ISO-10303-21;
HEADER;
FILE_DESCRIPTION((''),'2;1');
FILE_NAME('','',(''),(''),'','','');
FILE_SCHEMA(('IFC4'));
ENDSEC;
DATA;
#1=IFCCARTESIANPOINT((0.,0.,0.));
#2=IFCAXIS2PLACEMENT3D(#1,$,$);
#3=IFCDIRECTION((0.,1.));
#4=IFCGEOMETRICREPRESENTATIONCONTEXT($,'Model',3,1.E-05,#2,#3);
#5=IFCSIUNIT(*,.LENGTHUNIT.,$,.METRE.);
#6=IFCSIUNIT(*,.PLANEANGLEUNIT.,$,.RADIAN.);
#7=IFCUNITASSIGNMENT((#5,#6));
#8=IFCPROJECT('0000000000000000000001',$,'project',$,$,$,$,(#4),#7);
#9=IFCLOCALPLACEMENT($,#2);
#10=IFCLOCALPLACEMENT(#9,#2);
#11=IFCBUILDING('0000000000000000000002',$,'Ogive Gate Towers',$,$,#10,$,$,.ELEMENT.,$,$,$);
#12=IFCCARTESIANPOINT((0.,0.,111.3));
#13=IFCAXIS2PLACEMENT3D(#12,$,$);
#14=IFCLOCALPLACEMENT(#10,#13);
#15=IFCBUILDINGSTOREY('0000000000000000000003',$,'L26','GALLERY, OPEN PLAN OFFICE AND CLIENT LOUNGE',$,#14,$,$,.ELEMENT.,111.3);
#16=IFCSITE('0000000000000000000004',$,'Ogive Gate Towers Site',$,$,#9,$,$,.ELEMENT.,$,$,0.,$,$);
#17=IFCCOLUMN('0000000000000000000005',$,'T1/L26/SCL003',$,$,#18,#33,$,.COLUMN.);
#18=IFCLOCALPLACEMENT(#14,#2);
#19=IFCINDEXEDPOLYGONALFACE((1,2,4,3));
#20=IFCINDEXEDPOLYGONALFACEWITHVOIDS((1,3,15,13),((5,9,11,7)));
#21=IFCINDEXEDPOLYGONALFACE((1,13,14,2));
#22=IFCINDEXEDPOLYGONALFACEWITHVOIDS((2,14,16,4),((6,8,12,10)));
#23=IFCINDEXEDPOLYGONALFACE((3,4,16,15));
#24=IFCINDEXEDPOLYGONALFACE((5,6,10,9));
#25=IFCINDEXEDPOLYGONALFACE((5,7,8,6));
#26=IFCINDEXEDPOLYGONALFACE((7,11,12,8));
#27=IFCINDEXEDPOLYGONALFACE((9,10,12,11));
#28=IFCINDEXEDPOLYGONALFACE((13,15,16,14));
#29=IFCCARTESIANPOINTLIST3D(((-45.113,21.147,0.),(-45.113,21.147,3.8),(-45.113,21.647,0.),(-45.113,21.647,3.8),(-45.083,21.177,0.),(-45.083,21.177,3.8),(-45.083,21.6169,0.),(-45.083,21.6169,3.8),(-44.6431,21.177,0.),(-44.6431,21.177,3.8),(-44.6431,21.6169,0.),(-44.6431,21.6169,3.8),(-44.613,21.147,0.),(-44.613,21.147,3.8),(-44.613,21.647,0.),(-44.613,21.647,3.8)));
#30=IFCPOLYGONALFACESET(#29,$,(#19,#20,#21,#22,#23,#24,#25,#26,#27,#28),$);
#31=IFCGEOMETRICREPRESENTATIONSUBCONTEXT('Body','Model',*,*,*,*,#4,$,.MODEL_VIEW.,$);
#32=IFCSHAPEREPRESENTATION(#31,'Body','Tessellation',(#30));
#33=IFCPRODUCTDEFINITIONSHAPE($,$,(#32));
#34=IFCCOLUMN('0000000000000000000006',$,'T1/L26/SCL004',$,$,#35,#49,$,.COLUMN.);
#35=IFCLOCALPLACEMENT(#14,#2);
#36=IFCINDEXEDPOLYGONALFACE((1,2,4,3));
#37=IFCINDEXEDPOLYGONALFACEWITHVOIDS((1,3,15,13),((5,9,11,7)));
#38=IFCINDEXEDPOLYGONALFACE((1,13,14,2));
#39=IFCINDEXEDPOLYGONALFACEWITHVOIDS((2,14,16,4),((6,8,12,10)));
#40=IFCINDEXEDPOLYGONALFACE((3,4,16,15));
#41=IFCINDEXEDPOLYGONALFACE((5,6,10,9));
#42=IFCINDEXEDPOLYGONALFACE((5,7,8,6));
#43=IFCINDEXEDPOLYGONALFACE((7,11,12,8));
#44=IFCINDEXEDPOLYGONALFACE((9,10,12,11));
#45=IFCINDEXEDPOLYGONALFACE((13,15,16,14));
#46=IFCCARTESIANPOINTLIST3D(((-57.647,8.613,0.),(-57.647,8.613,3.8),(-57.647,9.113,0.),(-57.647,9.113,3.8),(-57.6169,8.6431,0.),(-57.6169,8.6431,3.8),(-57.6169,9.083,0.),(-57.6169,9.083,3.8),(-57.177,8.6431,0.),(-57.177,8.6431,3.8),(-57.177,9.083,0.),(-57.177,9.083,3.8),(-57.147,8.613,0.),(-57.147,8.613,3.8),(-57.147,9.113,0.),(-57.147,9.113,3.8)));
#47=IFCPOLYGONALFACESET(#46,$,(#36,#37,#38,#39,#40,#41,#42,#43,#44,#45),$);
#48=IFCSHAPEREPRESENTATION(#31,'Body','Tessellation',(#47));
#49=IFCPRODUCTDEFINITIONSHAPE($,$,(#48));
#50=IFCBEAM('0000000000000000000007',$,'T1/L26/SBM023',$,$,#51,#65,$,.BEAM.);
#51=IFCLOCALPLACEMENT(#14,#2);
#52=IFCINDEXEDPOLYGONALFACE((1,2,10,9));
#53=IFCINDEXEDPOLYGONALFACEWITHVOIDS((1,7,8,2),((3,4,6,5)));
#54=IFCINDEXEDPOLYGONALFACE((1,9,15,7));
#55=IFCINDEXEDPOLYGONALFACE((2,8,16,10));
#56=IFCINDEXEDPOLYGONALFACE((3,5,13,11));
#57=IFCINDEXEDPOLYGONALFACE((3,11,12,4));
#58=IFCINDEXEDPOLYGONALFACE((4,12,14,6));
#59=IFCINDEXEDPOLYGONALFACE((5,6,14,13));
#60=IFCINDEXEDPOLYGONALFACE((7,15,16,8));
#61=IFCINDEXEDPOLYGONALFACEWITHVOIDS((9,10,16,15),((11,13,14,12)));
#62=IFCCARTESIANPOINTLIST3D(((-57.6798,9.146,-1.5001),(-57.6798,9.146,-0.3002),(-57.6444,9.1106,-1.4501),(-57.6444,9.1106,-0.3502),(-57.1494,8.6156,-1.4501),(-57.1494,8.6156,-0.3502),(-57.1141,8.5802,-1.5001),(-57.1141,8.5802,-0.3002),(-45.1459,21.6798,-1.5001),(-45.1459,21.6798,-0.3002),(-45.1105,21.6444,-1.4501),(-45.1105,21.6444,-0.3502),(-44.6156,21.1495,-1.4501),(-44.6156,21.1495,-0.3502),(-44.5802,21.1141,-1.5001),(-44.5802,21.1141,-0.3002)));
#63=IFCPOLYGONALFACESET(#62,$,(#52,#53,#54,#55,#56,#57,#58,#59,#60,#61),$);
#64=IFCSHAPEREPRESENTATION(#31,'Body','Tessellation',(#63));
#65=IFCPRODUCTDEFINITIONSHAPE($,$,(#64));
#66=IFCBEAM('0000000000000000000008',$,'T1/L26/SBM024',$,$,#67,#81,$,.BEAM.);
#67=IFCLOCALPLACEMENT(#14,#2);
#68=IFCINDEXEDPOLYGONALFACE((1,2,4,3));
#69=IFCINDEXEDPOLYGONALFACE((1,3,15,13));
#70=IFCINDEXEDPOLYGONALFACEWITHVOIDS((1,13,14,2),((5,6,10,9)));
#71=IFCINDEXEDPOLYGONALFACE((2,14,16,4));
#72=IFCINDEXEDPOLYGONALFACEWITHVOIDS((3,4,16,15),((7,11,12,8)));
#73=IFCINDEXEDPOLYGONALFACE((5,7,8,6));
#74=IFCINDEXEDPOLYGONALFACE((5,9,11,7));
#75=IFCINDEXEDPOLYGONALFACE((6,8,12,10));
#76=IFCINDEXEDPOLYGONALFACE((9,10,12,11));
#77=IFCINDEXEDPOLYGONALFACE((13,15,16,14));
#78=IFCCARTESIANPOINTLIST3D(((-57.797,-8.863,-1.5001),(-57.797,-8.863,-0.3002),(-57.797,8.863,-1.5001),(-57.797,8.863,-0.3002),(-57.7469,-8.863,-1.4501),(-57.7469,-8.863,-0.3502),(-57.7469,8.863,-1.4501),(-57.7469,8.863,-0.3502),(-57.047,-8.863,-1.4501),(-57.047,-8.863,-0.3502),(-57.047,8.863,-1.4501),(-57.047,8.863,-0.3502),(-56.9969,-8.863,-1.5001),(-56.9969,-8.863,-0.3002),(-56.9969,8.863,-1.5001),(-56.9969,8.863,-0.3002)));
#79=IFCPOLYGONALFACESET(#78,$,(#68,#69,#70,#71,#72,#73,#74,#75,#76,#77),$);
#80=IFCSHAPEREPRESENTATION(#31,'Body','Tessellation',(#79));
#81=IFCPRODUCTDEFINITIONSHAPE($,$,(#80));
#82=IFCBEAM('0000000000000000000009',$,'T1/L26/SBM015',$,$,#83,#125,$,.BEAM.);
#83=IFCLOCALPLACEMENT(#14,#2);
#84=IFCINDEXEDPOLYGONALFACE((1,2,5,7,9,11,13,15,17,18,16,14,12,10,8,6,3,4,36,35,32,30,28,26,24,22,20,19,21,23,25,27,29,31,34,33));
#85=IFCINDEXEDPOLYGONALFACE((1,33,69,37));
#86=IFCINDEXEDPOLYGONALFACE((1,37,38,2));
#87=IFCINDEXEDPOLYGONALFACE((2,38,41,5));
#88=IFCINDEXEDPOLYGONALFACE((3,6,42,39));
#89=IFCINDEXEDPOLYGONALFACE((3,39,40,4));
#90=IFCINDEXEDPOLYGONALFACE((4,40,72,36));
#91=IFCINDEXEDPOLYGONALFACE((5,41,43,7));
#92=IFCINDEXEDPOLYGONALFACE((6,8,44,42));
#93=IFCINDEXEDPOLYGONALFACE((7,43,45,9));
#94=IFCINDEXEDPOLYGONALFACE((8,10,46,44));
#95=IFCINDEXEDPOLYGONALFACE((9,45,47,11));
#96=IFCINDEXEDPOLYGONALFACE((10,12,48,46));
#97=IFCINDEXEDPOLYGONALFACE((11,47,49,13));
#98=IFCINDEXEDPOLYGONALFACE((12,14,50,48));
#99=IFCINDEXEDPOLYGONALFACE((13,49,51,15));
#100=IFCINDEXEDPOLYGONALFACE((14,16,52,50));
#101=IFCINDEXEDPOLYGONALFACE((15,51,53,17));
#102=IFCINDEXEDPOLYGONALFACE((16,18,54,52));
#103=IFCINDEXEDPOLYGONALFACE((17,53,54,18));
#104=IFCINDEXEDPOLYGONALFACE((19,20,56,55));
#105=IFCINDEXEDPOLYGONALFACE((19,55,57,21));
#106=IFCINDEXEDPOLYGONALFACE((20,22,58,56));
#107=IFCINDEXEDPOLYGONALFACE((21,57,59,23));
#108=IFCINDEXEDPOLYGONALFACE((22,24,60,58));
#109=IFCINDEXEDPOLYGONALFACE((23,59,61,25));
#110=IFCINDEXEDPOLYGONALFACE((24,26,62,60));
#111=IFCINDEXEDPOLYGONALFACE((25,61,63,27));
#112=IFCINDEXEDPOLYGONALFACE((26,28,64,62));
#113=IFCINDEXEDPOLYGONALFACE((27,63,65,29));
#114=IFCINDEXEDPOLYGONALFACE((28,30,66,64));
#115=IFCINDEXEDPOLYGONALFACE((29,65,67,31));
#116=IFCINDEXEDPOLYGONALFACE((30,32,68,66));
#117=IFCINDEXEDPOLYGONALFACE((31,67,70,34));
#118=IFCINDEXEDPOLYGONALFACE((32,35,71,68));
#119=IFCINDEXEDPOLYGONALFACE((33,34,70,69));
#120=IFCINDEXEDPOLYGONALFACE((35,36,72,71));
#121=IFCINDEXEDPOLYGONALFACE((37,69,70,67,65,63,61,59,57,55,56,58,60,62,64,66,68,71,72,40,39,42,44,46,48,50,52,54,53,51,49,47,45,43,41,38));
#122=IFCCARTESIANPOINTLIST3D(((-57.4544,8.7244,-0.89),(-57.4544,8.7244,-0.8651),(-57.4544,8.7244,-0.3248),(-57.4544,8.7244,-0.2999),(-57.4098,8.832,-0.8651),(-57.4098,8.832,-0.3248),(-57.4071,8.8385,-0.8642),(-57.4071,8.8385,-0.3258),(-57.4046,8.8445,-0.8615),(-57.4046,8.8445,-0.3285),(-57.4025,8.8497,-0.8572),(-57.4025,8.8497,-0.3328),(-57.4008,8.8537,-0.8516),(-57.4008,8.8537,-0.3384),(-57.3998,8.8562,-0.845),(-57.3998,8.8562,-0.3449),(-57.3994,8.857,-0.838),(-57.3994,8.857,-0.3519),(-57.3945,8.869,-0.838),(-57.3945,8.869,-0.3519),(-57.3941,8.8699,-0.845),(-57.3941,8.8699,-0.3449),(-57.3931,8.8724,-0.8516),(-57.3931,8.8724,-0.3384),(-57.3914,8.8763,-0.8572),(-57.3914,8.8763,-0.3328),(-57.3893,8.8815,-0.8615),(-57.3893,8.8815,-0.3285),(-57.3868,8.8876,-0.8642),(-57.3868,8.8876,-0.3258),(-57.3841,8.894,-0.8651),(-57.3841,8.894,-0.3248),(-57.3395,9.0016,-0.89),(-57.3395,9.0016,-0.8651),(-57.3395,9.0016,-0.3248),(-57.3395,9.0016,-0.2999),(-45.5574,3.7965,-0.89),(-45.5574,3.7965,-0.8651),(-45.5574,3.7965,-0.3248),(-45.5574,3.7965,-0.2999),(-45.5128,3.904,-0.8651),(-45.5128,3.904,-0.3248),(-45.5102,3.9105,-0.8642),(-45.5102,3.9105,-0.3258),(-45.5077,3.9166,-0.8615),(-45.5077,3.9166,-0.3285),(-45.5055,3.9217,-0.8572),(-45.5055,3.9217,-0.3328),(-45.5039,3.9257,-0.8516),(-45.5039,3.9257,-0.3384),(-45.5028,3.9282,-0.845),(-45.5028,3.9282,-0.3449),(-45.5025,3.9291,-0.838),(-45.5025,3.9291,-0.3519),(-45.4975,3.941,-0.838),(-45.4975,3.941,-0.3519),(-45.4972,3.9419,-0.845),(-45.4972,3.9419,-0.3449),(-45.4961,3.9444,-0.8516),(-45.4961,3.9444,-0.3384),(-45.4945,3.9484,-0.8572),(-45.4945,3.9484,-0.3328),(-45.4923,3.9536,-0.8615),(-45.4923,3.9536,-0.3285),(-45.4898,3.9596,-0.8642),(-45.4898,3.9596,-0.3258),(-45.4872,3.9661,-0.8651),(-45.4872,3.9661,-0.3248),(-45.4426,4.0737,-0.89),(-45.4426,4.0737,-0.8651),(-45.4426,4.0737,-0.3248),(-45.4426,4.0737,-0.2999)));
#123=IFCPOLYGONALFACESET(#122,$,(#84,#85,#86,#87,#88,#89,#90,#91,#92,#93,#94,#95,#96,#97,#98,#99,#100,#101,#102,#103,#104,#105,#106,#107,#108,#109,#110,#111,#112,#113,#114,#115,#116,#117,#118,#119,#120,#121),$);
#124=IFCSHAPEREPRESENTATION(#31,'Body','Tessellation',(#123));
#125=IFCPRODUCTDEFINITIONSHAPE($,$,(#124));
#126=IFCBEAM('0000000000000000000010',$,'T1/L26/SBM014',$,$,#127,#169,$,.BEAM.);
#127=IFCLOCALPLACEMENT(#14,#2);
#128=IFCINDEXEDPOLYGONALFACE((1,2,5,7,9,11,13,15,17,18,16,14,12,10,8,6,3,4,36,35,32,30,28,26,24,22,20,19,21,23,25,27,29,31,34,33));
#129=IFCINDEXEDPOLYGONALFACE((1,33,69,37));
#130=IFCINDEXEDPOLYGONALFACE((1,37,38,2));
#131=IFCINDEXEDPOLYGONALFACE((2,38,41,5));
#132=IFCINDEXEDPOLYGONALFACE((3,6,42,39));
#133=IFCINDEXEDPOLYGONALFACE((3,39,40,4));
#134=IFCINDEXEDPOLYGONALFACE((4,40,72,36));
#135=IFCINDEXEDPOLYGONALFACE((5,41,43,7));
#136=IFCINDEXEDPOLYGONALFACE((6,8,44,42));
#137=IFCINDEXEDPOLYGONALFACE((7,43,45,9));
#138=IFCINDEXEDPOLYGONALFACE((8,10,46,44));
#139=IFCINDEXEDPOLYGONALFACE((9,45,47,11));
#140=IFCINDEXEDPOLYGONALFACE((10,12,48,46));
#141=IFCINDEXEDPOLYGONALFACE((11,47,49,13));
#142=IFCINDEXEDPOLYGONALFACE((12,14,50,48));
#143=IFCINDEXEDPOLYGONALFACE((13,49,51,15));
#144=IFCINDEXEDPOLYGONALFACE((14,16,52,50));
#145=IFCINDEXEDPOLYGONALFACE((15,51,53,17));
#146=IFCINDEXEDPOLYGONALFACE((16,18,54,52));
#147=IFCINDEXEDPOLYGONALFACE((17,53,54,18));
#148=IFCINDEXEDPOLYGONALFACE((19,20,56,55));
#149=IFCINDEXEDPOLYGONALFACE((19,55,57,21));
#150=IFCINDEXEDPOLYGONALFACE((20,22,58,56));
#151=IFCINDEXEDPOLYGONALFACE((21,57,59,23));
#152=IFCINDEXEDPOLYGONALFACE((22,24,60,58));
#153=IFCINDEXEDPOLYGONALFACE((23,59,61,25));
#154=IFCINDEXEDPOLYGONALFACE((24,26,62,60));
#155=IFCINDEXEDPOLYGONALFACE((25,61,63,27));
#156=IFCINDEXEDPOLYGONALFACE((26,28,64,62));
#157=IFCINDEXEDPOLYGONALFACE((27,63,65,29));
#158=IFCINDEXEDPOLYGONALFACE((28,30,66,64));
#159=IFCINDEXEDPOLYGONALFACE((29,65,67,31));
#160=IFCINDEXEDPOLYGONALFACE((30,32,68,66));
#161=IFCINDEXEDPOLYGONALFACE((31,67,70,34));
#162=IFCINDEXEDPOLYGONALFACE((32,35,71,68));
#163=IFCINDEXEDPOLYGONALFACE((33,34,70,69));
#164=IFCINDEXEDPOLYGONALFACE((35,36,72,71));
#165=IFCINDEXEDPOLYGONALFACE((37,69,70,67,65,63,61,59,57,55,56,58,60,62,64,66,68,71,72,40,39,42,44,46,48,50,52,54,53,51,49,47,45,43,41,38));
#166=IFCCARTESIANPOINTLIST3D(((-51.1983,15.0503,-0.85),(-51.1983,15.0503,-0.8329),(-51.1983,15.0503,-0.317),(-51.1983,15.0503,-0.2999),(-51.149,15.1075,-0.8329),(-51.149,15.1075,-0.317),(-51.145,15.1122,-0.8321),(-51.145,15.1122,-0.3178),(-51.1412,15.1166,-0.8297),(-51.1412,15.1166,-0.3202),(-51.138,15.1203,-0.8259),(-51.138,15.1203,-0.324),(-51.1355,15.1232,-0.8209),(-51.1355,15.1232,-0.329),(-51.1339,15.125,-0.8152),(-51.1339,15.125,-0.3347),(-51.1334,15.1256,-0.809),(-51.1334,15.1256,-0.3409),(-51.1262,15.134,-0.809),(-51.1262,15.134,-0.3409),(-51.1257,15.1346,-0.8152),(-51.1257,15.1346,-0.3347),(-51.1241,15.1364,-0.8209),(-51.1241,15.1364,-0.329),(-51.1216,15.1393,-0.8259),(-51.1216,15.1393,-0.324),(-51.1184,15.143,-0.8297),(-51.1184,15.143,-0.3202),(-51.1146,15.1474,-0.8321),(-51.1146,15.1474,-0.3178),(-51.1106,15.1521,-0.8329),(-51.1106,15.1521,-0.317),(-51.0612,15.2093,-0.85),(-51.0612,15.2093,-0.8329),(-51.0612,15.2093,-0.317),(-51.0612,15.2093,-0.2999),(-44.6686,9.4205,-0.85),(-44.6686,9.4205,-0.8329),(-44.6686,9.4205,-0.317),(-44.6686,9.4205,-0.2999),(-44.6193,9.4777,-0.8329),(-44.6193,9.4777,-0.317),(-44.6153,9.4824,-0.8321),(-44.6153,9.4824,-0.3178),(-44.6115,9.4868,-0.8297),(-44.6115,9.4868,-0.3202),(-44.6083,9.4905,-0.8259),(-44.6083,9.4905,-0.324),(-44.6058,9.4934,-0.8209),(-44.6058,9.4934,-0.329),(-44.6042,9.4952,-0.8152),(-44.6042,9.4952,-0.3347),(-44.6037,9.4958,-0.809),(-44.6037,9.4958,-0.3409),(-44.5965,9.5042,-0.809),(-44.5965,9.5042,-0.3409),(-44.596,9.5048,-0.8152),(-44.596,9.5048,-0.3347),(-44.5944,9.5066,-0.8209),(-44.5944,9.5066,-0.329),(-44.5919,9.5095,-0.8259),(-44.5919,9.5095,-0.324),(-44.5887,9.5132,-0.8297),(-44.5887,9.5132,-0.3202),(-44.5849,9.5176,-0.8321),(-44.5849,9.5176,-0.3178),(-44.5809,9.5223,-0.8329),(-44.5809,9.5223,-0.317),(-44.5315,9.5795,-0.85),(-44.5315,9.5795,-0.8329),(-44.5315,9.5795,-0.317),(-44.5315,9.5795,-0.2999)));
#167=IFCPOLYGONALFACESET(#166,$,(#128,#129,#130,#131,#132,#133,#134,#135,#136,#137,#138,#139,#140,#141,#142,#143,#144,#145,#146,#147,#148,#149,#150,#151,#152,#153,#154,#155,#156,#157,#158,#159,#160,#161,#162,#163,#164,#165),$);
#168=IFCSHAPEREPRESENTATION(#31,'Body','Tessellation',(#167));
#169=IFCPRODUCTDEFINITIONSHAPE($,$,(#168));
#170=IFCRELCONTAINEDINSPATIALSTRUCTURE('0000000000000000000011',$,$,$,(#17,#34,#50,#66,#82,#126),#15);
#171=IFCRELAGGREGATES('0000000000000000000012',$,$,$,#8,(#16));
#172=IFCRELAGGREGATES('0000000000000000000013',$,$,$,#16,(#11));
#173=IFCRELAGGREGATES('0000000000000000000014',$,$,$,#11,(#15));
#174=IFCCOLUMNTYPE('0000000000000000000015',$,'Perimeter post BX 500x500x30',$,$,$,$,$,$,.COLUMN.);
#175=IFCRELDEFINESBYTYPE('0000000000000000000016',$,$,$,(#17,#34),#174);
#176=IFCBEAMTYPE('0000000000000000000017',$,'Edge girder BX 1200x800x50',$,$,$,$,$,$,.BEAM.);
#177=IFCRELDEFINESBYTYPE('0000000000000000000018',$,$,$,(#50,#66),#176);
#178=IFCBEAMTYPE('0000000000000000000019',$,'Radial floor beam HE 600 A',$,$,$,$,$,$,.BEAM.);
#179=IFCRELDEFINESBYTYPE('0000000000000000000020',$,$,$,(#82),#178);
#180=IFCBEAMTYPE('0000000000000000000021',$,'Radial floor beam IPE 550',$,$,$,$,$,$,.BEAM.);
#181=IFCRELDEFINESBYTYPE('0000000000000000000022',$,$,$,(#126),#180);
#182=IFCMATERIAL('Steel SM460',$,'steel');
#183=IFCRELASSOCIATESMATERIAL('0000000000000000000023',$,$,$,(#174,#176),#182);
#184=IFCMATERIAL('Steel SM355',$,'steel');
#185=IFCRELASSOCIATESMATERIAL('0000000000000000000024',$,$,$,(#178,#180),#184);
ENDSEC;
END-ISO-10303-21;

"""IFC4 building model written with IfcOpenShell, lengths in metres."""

from ifc_helpers import new_model, si_unit, direction, frame, origin, origin_2d, place, context, subcontext, project, spatial, hollow_rectangle, i_section, extrude, material, material_profile, profile_set, type_object, element, save


model = new_model("IFC4")

# Units and contexts
model_context = context("Model", 3, precision=1e-05, world=origin(), true_north=direction((0.0, 1.0)))
body_context = subcontext(model_context, "Body", "Model", "MODEL_VIEW")
ifc_project = project(units=[si_unit("LENGTHUNIT", "METRE"), si_unit("PLANEANGLEUNIT", "RADIAN")], contexts=[model_context])

# Site, building, storey
site_placement = place(None, origin())
site = spatial("IfcSite", under=ifc_project, at=site_placement, Name="Ogive Gate Towers Site", CompositionType="ELEMENT", RefElevation=0.0)
building_placement = place(site_placement, origin())
building = spatial("IfcBuilding", under=site, at=building_placement, Name="Ogive Gate Towers", CompositionType="ELEMENT")
storey_placement = place(building_placement, frame((0.0, 0.0, 111.3)))
storey = spatial("IfcBuildingStorey", under=building, at=storey_placement, Name="L26", Description="GALLERY, OPEN PLAN OFFICE AND CLIENT LOUNGE", CompositionType="ELEMENT", Elevation=111.3)

# Columns
ifc_material_1 = material(Name="Steel SM460", Category="steel")
ifc_material_profile_1 = material_profile(ifc_material_1, hollow_rectangle(XDim=0.5, YDim=0.5, WallThickness=0.03, at=origin_2d()), Name="BX 500x500x30")
ifc_profile_set_1 = profile_set([ifc_material_profile_1], Name="Steel SM460")
column_type = type_object("IfcColumnType", Name="Perimeter post BX 500x500x30", PredefinedType="COLUMN", material=ifc_profile_set_1)
for number, where, z_axis, x_axis, name in (
    (1, (-44.863, 21.397, 0.0), (0.0, 0.0, 1.0), (1.0, 0.0, 0.0), "T1/L26/SCL003"),
    (2, (-57.397, 8.863, 0.0), (0.0, 0.0, 1.0), (1.0, 0.0, 0.0), "T1/L26/SCL004"),
):
    element("IfcColumn", number, at=place(storey_placement, frame(where, z_axis=z_axis, x_axis=x_axis)), inside=storey, type_object=column_type, Name=name, PredefinedType="COLUMN", context=body_context, shape_type="SweptSolid", body=[
        extrude(hollow_rectangle(XDim=0.5, YDim=0.5, WallThickness=0.03, at=origin_2d()), origin(), (0.0, 0.0, 1.0), 3.8),
    ])

# Beams
ifc_material_profile_2 = material_profile(ifc_material_1, hollow_rectangle(XDim=0.8, YDim=1.2, WallThickness=0.05, at=origin_2d()), Name="BX 1200x800x50")
ifc_profile_set_2 = profile_set([ifc_material_profile_2], Name="Steel SM460")
beam_type_1 = type_object("IfcBeamType", Name="Edge girder BX 1200x800x50", PredefinedType="BEAM", material=ifc_profile_set_2)
beam_1_placement = place(storey_placement, frame((-44.863, 21.397, -0.9001), z_axis=(-0.707107, -0.707107, 0.0), x_axis=(0.707107, -0.707107, 0.0)))
element("IfcBeam", 3, at=beam_1_placement, inside=storey, type_object=beam_type_1, Name="T1/L26/SBM023", PredefinedType="BEAM", context=body_context, shape_type="SweptSolid", body=[
    extrude(hollow_rectangle(XDim=0.8, YDim=1.2, WallThickness=0.05, at=origin_2d()), origin(), (0.0, 0.0, 1.0), 17.7256),
])
beam_2_placement = place(storey_placement, frame((-57.397, 8.863, -0.9001), z_axis=(0.0, -1.0, 0.0), x_axis=(1.0, 0.0, 0.0)))
element("IfcBeam", 4, at=beam_2_placement, inside=storey, type_object=beam_type_1, Name="T1/L26/SBM024", PredefinedType="BEAM", context=body_context, shape_type="SweptSolid", body=[
    extrude(hollow_rectangle(XDim=0.8, YDim=1.2, WallThickness=0.05, at=origin_2d()), origin(), (0.0, 0.0, 1.0), 17.7261),
])
ifc_material_2 = material(Name="Steel SM355", Category="steel")
ifc_material_profile_3 = material_profile(ifc_material_2, i_section(OverallWidth=0.3, OverallDepth=0.5901, WebThickness=0.0129, FlangeThickness=0.0249, FilletRadius=0.0271, at=origin_2d()), Name="HE 600 A")
ifc_profile_set_3 = profile_set([ifc_material_profile_3], Name="Steel SM355")
beam_type_2 = type_object("IfcBeamType", Name="Radial floor beam HE 600 A", PredefinedType="BEAM", material=ifc_profile_set_3)
beam_3_placement = place(storey_placement, frame((-45.5, 3.9351, -0.595), z_axis=(-0.923877, 0.382689, 0.0), x_axis=(-0.382689, -0.923877, 0.0)))
element("IfcBeam", 5, at=beam_3_placement, inside=storey, type_object=beam_type_2, Name="T1/L26/SBM015", PredefinedType="BEAM", context=body_context, shape_type="SweptSolid", body=[
    extrude(i_section(OverallWidth=0.3, OverallDepth=0.5901, WebThickness=0.0129, FlangeThickness=0.0249, FilletRadius=0.0271, at=origin_2d()), origin(), (0.0, 0.0, 1.0), 12.8772),
])
ifc_material_profile_4 = material_profile(ifc_material_2, i_section(OverallWidth=0.21, OverallDepth=0.55, WebThickness=0.011, FlangeThickness=0.0171, FilletRadius=0.0239, at=origin_2d()), Name="IPE 550")
ifc_profile_set_4 = profile_set([ifc_material_profile_4], Name="Steel SM355")
beam_type_3 = type_object("IfcBeamType", Name="Radial floor beam IPE 550", PredefinedType="BEAM", material=ifc_profile_set_4)
beam_4_placement = place(storey_placement, frame((-44.6001, 9.5, -0.575), z_axis=(-0.757366, 0.65299, 0.0), x_axis=(-0.65299, -0.757366, 0.0)))
element("IfcBeam", 6, at=beam_4_placement, inside=storey, type_object=beam_type_3, Name="T1/L26/SBM014", PredefinedType="BEAM", context=body_context, shape_type="SweptSolid", body=[
    extrude(i_section(OverallWidth=0.21, OverallDepth=0.55, WebThickness=0.011, FlangeThickness=0.0171, FilletRadius=0.0239, at=origin_2d()), origin(), (0.0, 0.0, 1.0), 8.6216),
])

save(model, "model.ifc")
